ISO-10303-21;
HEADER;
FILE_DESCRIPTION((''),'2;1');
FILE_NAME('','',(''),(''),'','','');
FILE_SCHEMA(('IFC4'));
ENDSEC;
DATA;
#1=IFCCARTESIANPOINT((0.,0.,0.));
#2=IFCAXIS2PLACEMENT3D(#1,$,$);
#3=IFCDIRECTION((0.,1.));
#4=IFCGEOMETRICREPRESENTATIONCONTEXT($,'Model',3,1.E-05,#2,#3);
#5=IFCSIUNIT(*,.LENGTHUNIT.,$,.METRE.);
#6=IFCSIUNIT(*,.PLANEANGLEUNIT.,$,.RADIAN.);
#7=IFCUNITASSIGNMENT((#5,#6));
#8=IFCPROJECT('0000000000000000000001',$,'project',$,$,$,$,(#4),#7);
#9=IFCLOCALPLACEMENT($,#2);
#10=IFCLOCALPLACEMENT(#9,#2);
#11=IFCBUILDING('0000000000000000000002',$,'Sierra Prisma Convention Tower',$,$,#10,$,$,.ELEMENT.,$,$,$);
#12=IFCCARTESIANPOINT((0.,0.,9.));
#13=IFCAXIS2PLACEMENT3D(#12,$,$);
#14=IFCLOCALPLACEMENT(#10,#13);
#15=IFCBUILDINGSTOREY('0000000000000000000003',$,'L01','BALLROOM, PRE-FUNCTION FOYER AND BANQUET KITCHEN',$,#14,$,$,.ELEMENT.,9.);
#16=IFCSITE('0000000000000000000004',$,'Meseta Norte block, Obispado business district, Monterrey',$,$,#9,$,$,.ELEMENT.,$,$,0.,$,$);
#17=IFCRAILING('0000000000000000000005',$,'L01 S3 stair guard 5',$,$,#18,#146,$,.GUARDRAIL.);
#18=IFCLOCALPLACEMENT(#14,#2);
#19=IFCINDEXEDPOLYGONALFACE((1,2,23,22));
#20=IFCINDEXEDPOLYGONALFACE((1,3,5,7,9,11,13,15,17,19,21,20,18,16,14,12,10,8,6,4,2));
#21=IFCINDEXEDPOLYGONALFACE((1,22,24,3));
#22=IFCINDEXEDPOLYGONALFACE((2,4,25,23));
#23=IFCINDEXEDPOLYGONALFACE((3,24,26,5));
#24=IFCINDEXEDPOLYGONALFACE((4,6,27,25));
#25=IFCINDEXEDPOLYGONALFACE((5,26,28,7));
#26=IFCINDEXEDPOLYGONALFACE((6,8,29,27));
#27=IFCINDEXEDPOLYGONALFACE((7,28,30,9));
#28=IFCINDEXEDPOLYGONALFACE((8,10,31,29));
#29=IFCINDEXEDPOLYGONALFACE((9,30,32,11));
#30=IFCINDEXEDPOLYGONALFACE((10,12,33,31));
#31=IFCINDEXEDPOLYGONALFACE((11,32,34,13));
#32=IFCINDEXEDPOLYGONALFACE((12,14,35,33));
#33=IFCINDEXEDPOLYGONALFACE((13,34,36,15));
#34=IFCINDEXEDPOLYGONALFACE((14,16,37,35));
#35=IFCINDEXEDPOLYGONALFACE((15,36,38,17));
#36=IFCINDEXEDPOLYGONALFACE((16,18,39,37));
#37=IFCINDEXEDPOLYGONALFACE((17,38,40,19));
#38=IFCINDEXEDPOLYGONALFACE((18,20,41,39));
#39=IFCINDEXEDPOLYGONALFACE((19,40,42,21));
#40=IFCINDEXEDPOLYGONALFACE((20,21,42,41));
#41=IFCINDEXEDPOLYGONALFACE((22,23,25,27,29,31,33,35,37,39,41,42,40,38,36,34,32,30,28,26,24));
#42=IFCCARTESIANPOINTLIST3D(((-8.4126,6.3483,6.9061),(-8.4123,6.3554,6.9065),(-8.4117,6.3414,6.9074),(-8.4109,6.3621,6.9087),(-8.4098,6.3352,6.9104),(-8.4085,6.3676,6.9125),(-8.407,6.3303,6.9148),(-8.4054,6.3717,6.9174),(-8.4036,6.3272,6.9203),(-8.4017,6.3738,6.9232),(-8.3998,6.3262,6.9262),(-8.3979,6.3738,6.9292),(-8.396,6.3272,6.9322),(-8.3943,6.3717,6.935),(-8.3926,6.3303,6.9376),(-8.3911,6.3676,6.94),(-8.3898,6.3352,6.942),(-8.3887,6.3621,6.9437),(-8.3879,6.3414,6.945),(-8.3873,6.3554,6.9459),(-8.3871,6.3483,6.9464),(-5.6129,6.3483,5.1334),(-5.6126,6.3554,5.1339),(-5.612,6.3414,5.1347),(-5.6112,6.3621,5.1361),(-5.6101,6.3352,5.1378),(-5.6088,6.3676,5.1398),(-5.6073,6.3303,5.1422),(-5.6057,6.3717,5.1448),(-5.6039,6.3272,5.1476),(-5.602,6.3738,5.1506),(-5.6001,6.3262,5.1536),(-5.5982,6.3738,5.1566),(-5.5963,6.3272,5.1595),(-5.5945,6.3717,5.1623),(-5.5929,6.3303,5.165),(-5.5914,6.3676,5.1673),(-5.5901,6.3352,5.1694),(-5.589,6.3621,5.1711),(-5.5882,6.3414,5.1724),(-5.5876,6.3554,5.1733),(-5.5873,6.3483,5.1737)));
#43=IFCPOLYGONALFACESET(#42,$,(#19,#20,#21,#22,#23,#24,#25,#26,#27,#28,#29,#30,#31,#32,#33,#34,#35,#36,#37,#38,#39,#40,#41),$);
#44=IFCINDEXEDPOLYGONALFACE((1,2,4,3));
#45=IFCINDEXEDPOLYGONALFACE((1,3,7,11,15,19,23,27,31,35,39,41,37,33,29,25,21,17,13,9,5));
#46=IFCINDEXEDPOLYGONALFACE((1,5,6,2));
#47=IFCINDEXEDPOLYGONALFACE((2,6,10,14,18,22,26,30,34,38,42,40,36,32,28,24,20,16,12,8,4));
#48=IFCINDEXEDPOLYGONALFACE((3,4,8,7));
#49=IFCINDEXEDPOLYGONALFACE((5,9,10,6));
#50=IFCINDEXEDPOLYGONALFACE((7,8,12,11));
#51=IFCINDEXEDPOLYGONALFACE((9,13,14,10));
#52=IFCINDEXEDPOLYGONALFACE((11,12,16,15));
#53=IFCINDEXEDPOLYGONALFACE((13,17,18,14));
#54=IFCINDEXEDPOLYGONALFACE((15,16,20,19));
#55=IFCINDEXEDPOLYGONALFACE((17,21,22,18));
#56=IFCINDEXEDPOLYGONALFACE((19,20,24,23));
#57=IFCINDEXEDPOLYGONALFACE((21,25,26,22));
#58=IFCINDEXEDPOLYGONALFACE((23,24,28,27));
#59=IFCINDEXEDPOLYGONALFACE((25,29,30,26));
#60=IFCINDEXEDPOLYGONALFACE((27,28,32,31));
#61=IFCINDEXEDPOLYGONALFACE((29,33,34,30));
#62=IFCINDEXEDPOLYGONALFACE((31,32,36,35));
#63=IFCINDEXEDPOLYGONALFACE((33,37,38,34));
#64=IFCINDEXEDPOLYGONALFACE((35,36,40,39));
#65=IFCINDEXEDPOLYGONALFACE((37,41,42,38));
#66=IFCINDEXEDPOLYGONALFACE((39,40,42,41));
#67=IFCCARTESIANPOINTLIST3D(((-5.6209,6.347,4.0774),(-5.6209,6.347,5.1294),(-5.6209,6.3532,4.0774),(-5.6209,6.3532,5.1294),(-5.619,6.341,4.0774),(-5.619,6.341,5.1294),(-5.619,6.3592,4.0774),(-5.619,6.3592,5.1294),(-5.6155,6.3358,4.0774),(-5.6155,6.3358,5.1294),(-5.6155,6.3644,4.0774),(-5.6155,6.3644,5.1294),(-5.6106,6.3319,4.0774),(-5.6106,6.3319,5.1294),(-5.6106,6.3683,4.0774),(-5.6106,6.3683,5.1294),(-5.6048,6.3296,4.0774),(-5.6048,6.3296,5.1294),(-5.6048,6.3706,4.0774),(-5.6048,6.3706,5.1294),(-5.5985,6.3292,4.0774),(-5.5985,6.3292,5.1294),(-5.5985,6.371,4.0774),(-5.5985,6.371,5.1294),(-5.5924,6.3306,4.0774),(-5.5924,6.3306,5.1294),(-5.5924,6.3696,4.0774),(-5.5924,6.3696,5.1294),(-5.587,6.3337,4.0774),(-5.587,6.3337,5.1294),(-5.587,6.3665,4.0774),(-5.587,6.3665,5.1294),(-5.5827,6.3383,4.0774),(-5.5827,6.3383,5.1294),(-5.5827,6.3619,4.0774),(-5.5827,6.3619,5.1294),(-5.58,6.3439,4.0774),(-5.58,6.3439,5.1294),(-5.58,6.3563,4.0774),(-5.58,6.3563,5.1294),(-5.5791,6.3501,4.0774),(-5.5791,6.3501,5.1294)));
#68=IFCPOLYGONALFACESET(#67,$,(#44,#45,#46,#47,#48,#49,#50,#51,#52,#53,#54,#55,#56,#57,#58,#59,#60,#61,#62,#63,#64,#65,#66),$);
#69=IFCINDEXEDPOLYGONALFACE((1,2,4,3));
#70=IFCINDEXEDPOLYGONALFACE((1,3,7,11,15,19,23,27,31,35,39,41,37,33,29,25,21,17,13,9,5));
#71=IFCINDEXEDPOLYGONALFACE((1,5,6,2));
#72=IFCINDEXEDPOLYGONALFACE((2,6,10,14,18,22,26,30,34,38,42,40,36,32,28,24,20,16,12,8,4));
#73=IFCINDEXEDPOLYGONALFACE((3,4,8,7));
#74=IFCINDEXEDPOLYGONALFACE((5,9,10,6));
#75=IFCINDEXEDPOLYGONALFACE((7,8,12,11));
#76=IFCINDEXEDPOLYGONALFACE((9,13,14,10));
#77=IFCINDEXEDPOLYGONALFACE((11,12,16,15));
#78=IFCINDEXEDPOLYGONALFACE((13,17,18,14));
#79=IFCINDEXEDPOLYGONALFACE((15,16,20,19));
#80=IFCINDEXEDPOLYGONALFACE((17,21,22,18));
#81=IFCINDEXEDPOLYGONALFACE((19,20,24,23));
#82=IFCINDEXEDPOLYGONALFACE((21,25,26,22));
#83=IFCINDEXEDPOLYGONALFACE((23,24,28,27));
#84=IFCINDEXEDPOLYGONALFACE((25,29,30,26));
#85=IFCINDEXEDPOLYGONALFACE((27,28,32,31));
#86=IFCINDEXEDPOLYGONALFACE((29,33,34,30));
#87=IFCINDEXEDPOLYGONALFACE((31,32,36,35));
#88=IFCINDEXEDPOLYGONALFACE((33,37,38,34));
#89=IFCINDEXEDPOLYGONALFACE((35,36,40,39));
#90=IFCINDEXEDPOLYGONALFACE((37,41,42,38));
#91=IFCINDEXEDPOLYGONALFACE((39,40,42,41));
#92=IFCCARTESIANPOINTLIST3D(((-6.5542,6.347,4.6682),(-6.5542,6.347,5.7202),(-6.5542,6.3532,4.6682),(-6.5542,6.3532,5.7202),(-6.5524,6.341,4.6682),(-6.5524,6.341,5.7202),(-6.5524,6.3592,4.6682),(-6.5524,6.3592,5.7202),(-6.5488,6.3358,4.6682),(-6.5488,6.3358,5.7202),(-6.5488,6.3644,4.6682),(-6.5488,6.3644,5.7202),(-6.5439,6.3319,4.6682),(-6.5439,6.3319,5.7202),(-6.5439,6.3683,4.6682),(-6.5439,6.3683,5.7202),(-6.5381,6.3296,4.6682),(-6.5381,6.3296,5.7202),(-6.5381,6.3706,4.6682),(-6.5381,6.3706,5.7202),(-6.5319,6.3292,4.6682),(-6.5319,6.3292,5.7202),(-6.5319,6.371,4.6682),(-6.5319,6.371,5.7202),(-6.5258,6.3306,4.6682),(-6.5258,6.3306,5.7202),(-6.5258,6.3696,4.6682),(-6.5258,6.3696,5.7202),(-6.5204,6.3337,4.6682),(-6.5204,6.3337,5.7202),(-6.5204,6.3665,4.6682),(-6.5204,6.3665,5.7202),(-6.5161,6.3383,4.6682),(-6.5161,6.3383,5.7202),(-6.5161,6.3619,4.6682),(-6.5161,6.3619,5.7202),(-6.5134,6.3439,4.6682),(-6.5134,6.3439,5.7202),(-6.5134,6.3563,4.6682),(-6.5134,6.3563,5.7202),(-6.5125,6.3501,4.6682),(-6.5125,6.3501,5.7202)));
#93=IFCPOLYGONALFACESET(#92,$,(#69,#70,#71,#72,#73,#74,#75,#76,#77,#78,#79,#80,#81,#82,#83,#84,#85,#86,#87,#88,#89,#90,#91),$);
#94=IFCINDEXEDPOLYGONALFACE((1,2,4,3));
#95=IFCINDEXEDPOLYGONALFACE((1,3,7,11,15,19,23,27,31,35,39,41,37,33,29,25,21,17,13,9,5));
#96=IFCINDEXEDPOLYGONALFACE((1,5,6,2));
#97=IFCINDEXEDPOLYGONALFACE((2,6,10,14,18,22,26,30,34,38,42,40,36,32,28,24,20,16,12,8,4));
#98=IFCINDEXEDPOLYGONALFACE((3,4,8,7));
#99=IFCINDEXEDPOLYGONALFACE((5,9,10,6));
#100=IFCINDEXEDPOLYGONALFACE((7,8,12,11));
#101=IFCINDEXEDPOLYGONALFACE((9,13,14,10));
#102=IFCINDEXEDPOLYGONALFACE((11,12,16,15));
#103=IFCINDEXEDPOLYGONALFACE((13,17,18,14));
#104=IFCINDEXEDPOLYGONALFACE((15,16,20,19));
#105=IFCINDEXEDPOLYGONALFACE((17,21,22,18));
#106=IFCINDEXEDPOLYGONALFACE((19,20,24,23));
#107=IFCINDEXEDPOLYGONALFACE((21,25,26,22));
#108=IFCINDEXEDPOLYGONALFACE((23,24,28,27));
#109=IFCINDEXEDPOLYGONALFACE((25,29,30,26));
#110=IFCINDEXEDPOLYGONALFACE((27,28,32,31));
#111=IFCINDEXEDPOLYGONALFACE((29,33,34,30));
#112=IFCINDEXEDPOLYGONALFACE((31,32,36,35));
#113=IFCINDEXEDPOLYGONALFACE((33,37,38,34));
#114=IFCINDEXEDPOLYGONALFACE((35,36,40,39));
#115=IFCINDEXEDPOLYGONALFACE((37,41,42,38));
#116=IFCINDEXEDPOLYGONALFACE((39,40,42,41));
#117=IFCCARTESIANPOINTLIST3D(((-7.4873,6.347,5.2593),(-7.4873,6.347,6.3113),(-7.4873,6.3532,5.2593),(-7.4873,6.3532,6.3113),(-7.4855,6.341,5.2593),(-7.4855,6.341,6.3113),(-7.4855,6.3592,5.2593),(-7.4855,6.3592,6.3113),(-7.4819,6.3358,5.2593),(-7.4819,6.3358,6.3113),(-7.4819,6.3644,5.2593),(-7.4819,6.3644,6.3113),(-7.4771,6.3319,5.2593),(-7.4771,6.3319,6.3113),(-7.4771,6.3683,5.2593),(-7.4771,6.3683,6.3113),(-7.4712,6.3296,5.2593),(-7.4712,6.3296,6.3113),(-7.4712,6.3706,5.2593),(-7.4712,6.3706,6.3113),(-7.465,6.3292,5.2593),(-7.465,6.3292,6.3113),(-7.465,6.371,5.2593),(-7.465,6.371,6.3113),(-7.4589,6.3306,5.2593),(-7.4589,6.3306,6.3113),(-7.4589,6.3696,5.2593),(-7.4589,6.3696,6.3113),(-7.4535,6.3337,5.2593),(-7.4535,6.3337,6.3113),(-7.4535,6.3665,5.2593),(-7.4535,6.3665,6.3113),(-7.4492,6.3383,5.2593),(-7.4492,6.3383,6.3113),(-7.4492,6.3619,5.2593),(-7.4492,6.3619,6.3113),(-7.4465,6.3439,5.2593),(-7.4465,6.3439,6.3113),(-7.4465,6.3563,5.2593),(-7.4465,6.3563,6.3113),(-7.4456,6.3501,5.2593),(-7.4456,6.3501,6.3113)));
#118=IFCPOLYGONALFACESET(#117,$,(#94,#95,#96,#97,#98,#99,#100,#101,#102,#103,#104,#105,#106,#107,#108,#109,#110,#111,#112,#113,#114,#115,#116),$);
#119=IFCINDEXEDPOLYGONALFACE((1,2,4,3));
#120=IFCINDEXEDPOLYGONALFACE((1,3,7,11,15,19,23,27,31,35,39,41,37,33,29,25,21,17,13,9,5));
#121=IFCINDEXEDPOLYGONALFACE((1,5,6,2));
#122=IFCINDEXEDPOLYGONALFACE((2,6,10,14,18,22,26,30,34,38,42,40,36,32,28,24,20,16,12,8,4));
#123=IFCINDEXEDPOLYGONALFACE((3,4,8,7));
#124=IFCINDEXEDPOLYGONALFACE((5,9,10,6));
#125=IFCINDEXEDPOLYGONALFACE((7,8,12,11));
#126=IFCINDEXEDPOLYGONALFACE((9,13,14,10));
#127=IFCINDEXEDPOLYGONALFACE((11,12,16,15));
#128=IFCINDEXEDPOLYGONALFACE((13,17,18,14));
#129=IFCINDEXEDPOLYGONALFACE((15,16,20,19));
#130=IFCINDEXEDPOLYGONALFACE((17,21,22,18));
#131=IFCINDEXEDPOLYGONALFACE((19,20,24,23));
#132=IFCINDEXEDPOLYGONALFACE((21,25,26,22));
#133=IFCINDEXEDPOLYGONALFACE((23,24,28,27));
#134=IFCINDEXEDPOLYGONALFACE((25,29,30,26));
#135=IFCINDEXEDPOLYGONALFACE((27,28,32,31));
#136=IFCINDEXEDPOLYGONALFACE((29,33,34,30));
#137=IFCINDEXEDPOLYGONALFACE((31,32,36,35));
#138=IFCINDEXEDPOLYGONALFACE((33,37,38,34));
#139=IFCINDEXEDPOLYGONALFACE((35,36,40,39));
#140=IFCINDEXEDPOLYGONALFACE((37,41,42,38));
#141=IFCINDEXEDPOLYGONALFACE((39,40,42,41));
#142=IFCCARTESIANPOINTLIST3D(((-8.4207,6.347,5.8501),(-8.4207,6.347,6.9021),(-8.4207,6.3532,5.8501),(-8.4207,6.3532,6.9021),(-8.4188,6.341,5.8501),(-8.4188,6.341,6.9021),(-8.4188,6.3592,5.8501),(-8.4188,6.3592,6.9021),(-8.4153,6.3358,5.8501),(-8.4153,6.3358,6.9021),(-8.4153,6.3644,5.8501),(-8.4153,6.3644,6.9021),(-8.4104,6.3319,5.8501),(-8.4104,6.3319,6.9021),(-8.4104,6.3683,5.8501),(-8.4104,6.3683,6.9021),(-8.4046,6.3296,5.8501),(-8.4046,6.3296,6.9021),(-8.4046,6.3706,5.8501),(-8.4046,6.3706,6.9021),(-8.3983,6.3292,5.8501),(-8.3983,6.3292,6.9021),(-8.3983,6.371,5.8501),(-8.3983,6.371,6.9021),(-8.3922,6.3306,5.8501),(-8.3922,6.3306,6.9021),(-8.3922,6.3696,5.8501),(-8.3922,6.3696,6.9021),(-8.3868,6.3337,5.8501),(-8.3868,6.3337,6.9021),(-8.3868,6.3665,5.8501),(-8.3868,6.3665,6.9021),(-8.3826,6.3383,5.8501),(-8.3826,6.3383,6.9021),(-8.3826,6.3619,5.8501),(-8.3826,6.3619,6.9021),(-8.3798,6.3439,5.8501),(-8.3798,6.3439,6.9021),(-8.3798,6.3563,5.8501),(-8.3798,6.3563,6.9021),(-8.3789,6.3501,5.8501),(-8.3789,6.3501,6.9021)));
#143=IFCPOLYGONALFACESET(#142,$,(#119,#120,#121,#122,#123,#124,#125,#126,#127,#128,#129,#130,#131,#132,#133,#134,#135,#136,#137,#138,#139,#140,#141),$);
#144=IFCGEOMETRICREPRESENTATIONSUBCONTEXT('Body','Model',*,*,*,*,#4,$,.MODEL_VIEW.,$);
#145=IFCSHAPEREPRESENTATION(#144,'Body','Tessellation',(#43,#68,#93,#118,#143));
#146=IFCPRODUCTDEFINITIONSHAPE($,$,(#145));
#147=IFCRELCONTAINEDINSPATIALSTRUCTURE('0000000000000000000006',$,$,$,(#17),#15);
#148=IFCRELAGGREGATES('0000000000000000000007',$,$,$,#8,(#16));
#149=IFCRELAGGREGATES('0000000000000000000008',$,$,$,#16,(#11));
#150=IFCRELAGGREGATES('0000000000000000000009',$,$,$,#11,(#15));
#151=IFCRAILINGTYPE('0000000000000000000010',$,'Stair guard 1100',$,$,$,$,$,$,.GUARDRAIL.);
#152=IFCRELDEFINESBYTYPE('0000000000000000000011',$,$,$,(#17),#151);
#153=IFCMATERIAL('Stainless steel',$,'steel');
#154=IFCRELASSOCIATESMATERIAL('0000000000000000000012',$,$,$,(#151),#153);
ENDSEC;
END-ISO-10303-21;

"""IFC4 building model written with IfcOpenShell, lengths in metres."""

from ifc_helpers import new_model, si_unit, direction, frame, origin, origin_2d, place, context, subcontext, project, spatial, circle, extrude, material, type_object, element, save


model = new_model("IFC4")

# Units and contexts
model_context = context("Model", 3, precision=1e-05, world=origin(), true_north=direction((0.0, 1.0)))
body_context = subcontext(model_context, "Body", "Model", "MODEL_VIEW")
ifc_project = project(units=[si_unit("LENGTHUNIT", "METRE"), si_unit("PLANEANGLEUNIT", "RADIAN")], contexts=[model_context])

# Site, building, storey
site_placement = place(None, origin())
site = spatial("IfcSite", under=ifc_project, at=site_placement, Name="Meseta Norte block, Obispado business district, Monterrey", CompositionType="ELEMENT", RefElevation=0.0)
building_placement = place(site_placement, origin())
building = spatial("IfcBuilding", under=site, at=building_placement, Name="Sierra Prisma Convention Tower", CompositionType="ELEMENT")
storey_placement = place(building_placement, frame((0.0, 0.0, 9.0)))
storey = spatial("IfcBuildingStorey", under=building, at=storey_placement, Name="L01", Description="BALLROOM, PRE-FUNCTION FOYER AND BANQUET KITCHEN", CompositionType="ELEMENT", Elevation=9.0)

# Railing
ifc_material_1 = material(Name="Stainless steel", Category="steel")
railing_type_1 = type_object("IfcRailingType", Name="Stair guard 1100", PredefinedType="GUARDRAIL", material=ifc_material_1)
railing_1_placement = place(storey_placement, frame((-5.6001, 6.3501, 4.0774)))
element("IfcRailing", 1, at=railing_1_placement, inside=storey, type_object=railing_type_1, Name="L01 S3 stair guard 5", PredefinedType="GUARDRAIL", context=body_context, shape_type="SweptSolid", body=[
    extrude(circle(Radius=0.0239, at=origin_2d()), frame((0.0, 0.0, 1.0762), z_axis=(-0.844888, 0.0, 0.534943), x_axis=(0.0, -1.0, 0.0)), (0.0, 0.0, 1.0), 3.3137),
    extrude(circle(Radius=0.021, at=origin_2d()), origin(), (0.0, 0.0, 1.0), 1.052),
    extrude(circle(Radius=0.021, at=origin_2d()), frame((-0.9333, 0.0, 0.5908)), (0.0, 0.0, 1.0), 1.052),
    extrude(circle(Radius=0.021, at=origin_2d()), frame((-1.8665, 0.0, 1.1819)), (0.0, 0.0, 1.0), 1.052),
    extrude(circle(Radius=0.021, at=origin_2d()), frame((-2.7998, 0.0, 1.7727)), (0.0, 0.0, 1.0), 1.052),
])

save(model, "model.ifc")
